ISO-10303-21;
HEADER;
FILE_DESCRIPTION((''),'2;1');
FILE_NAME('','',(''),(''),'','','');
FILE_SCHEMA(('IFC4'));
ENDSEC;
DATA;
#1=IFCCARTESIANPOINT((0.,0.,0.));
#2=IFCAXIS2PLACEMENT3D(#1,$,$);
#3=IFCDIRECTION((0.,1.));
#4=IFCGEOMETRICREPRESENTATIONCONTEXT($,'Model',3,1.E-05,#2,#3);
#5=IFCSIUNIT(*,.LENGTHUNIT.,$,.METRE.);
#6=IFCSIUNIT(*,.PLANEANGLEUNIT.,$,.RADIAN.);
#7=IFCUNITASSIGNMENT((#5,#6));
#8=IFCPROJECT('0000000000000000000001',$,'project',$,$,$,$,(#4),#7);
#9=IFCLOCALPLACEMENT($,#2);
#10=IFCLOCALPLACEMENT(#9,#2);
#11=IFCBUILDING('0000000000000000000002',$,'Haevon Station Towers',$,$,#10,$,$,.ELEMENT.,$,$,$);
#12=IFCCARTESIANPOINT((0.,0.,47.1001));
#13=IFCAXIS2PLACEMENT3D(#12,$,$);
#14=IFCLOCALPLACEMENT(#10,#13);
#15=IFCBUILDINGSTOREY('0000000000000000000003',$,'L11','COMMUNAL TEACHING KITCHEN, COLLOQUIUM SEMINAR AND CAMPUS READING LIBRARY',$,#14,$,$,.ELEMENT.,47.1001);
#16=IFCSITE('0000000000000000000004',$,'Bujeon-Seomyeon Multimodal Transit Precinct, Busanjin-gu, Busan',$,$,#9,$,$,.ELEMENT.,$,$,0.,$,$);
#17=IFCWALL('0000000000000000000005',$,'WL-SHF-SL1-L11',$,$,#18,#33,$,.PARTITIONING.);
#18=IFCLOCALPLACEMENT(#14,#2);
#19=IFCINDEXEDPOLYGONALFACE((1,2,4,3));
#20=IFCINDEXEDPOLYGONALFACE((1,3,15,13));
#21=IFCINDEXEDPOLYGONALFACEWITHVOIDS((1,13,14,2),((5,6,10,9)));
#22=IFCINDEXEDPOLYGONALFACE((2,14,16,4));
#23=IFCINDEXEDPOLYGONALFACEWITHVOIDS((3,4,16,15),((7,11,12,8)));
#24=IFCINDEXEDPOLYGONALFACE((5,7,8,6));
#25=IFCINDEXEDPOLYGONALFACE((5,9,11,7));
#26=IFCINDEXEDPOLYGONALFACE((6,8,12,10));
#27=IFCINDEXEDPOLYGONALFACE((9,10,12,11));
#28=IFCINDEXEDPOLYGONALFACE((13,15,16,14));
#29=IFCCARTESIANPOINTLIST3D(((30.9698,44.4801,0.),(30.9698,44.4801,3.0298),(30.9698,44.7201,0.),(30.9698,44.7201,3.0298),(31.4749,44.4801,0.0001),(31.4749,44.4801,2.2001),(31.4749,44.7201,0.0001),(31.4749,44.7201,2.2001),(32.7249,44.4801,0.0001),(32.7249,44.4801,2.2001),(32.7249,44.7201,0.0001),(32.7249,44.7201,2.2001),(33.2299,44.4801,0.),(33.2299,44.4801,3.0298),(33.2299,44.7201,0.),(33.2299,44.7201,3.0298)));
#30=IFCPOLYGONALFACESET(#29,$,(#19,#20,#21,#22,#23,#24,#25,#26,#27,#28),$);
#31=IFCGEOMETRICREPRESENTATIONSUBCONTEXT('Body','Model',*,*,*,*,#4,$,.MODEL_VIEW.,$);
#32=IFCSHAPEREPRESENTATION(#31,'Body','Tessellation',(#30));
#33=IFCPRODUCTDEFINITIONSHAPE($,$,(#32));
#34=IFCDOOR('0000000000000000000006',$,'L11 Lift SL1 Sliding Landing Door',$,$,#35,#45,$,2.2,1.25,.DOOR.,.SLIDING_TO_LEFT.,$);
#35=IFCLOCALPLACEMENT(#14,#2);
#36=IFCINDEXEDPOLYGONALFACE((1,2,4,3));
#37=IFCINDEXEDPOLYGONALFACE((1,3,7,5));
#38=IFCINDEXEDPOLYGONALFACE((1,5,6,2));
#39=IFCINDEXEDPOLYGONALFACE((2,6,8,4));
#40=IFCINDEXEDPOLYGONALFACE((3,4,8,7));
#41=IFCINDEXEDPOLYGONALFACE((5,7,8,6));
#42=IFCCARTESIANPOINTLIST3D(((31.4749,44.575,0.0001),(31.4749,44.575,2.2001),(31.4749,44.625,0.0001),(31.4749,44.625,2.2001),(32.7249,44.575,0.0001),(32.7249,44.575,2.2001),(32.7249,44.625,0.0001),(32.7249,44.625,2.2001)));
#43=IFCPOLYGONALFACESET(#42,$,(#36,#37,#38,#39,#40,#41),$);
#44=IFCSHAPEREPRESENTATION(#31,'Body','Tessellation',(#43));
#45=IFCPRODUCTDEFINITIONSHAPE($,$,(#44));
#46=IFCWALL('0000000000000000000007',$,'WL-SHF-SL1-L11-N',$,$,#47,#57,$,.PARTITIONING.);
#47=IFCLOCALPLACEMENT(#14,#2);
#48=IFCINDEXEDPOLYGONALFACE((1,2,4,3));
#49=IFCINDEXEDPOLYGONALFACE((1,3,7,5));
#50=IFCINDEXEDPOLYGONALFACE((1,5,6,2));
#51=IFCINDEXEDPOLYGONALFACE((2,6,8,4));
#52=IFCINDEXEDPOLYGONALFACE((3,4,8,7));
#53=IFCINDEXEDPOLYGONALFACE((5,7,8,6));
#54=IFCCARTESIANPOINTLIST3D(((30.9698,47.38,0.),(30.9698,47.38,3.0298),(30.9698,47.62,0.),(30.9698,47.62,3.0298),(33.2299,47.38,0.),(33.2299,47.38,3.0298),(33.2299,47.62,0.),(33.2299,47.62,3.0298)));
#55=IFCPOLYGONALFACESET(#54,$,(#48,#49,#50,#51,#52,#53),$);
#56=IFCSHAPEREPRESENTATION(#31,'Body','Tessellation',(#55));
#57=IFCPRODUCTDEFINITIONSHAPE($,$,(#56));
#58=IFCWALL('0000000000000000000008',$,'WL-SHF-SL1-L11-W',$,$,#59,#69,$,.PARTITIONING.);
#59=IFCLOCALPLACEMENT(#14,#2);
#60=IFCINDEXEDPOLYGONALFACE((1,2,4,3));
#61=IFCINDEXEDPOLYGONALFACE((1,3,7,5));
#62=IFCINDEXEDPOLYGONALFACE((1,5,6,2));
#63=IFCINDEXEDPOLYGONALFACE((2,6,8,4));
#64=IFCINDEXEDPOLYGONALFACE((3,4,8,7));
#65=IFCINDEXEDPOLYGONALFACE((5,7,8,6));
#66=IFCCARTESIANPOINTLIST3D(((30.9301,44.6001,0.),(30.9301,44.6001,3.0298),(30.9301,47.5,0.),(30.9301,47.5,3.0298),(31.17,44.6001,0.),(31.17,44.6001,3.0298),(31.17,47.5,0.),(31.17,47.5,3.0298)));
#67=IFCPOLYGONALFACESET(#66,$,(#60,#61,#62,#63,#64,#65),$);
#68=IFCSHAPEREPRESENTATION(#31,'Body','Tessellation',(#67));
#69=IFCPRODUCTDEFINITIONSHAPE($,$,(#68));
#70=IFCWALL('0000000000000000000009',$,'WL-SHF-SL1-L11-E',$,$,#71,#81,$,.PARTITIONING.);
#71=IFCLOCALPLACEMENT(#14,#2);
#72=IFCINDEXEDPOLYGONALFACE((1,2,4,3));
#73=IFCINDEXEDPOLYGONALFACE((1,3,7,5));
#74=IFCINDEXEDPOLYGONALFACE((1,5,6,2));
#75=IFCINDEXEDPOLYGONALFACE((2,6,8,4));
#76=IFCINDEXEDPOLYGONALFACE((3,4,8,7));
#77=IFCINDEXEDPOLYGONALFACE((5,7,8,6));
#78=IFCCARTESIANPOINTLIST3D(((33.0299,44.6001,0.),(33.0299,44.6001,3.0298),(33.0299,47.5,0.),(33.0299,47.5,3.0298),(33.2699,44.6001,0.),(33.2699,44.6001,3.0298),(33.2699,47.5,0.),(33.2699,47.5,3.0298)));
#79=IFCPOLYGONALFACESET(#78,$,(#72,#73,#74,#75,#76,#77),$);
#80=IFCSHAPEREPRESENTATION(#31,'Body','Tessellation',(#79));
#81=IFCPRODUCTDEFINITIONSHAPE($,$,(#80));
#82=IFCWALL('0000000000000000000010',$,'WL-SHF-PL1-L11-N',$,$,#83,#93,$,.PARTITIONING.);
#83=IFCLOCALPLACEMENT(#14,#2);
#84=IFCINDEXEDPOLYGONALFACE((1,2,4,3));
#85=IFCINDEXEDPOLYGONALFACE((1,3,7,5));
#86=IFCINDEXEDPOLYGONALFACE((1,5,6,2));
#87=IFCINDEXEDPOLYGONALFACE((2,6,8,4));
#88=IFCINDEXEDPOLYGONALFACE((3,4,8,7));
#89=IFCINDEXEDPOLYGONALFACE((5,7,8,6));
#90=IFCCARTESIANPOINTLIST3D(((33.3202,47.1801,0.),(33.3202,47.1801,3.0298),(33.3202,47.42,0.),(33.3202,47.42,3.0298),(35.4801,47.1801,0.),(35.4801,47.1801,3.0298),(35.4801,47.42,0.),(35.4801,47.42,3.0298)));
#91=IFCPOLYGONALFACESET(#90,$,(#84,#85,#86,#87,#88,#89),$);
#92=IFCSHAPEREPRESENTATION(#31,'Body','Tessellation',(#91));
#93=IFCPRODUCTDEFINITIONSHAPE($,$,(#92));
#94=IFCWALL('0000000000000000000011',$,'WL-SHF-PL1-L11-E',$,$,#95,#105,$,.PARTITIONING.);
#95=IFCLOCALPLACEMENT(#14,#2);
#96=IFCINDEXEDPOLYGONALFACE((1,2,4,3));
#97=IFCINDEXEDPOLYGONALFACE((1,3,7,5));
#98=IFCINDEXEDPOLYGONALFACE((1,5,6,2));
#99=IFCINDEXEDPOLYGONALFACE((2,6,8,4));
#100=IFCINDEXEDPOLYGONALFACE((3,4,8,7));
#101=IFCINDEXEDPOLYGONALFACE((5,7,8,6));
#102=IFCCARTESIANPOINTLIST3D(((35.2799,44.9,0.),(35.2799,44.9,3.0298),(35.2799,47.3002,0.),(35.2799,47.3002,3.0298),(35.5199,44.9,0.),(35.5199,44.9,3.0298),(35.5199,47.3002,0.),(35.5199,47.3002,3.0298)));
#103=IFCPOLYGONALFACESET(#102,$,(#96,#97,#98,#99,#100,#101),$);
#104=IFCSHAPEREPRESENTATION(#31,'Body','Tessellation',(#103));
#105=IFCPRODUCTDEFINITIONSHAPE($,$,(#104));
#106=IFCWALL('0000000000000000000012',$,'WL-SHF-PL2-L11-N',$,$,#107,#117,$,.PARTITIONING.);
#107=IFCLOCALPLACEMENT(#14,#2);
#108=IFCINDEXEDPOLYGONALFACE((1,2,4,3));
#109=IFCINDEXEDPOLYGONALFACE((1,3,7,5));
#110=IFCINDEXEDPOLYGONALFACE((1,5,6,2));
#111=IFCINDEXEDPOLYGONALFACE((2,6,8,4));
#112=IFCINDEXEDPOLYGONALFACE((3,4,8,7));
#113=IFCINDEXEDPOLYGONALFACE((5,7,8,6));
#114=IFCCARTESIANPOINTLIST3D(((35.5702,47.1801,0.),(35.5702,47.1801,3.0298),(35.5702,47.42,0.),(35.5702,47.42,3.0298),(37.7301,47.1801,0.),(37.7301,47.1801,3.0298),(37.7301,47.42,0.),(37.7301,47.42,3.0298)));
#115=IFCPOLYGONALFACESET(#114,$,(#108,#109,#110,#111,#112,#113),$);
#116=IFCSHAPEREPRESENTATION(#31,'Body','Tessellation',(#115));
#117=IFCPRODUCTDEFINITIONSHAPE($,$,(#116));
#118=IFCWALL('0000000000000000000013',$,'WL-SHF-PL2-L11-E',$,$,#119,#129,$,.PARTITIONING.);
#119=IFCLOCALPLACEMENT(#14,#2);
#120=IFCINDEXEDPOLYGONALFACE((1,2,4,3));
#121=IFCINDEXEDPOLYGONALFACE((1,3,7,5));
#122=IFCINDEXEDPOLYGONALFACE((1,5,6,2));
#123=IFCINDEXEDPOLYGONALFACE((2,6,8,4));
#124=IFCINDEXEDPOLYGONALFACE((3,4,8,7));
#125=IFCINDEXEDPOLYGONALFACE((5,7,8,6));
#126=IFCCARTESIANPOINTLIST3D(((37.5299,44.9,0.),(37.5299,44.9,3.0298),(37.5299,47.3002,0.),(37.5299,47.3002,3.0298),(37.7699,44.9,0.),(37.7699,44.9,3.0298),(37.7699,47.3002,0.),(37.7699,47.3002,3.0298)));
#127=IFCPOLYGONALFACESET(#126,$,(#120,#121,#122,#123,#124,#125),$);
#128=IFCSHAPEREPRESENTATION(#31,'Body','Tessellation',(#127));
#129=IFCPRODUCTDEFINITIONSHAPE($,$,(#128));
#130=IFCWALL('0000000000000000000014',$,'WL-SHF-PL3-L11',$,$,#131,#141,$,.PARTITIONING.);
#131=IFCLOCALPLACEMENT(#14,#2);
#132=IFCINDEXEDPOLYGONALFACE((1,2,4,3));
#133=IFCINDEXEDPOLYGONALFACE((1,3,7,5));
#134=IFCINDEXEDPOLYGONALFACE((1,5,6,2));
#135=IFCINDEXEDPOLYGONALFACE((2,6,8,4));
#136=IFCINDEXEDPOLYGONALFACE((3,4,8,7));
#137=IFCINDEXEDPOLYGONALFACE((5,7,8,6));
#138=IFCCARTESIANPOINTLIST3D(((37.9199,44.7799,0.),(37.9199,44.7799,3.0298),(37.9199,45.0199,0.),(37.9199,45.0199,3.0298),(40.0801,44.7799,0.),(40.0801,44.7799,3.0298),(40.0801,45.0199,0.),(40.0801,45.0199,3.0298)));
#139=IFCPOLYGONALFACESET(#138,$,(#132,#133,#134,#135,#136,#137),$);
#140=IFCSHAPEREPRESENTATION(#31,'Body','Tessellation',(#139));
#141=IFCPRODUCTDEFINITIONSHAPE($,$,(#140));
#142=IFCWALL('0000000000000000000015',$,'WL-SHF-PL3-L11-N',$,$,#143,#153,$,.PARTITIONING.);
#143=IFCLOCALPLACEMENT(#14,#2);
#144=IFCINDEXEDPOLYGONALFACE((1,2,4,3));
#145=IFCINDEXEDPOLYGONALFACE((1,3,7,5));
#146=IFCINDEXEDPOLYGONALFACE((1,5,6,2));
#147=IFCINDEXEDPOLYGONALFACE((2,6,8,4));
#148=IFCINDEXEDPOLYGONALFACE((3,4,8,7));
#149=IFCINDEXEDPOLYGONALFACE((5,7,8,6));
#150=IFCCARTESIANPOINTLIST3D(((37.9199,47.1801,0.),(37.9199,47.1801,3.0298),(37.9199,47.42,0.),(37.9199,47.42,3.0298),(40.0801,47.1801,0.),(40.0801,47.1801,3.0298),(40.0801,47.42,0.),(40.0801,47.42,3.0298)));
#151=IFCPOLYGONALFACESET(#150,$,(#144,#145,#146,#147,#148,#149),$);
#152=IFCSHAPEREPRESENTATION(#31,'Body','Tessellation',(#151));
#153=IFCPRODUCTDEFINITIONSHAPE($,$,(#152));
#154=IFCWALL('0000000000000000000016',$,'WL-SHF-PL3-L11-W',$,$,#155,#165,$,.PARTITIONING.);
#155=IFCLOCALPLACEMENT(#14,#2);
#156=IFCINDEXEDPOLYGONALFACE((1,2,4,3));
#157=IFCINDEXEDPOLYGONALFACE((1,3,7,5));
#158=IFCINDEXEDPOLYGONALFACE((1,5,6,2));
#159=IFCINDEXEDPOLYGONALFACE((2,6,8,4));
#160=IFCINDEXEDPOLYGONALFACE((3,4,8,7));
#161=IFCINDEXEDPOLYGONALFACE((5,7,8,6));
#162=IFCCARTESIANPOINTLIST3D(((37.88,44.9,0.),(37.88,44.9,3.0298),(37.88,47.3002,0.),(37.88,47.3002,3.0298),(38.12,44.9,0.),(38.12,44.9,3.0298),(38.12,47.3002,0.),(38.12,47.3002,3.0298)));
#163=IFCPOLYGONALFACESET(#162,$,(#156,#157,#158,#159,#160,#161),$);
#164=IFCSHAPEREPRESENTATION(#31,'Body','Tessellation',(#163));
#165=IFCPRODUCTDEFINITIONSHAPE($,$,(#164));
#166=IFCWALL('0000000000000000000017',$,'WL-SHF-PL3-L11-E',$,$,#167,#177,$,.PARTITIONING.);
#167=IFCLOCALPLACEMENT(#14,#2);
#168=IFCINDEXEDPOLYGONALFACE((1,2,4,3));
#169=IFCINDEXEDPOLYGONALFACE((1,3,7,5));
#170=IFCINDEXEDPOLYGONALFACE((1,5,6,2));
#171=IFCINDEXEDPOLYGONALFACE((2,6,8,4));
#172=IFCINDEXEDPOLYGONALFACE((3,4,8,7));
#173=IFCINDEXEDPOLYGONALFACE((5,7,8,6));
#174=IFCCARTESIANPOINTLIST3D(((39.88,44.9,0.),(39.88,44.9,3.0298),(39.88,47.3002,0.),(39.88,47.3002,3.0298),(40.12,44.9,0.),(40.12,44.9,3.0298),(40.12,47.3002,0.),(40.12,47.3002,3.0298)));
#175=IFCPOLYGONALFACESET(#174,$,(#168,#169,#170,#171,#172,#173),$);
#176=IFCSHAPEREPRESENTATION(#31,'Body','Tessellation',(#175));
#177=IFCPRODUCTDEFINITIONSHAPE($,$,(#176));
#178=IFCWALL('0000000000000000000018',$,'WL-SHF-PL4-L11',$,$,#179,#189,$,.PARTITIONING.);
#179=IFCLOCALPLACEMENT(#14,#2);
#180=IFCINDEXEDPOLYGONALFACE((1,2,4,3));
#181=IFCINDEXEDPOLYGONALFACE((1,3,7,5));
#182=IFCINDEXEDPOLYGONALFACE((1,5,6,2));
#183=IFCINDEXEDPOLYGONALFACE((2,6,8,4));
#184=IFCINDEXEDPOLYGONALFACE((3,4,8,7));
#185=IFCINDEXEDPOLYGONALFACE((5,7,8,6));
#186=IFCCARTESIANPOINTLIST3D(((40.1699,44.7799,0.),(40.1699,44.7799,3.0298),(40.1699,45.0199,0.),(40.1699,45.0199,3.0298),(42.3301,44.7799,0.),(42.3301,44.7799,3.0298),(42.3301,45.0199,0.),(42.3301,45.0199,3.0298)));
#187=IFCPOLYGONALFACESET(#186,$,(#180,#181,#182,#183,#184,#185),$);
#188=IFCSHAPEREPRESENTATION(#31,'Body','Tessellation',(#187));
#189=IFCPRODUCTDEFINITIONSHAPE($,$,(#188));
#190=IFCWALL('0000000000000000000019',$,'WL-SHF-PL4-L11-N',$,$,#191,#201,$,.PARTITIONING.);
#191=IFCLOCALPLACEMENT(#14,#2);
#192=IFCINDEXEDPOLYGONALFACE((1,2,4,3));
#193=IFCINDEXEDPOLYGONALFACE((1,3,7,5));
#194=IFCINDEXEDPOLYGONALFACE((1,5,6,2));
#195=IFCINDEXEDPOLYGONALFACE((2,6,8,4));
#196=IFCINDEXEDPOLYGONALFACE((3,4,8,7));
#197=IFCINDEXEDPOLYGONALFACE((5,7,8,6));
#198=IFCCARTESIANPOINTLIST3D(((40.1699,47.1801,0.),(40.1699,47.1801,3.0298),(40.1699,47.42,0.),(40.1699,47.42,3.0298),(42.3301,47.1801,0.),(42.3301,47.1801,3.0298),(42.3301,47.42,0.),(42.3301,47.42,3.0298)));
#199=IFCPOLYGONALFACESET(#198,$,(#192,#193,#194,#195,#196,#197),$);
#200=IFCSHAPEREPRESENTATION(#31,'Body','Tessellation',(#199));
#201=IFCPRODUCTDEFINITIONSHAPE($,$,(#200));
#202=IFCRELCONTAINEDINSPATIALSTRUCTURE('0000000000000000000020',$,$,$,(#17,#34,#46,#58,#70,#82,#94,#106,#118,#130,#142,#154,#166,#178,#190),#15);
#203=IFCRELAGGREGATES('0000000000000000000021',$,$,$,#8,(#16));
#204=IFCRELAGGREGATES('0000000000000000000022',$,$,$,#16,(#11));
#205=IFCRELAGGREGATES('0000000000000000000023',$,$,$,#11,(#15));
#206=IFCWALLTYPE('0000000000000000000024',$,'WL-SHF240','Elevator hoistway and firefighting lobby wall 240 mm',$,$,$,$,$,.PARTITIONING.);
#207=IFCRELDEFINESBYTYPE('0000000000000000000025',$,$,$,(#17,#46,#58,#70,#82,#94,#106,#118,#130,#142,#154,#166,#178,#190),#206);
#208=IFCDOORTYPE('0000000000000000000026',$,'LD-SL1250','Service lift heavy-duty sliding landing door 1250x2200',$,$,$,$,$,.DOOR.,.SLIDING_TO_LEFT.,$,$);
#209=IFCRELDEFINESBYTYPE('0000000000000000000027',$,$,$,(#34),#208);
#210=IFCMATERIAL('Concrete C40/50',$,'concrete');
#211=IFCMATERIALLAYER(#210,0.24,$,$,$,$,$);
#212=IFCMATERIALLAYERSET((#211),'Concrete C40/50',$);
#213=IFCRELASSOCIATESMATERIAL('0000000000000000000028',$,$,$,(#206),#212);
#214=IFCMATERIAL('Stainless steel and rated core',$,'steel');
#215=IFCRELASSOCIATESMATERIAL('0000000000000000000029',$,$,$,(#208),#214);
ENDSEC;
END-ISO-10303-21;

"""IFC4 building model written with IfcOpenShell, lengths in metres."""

from ifc_helpers import new_model, si_unit, direction, frame, frame_2d, origin, place, context, subcontext, project, spatial, rectangle, extrude, material, layer, layer_set, type_object, element, fill, save


model = new_model("IFC4")

# Units and contexts
model_context = context("Model", 3, precision=1e-05, world=origin(), true_north=direction((0.0, 1.0)))
body_context = subcontext(model_context, "Body", "Model", "MODEL_VIEW")
ifc_project = project(units=[si_unit("LENGTHUNIT", "METRE"), si_unit("PLANEANGLEUNIT", "RADIAN")], contexts=[model_context])

# Site, building, storey
site_placement = place(None, origin())
site = spatial("IfcSite", under=ifc_project, at=site_placement, Name="Bujeon-Seomyeon Multimodal Transit Precinct, Busanjin-gu, Busan", CompositionType="ELEMENT", RefElevation=0.0)
building_placement = place(site_placement, origin())
building = spatial("IfcBuilding", under=site, at=building_placement, Name="Haevon Station Towers", CompositionType="ELEMENT")
storey_placement = place(building_placement, frame((0.0, 0.0, 47.1001)))
storey = spatial("IfcBuildingStorey", under=building, at=storey_placement, Name="L11", Description="COMMUNAL TEACHING KITCHEN, COLLOQUIUM SEMINAR AND CAMPUS READING LIBRARY", CompositionType="ELEMENT", Elevation=47.1001)

# Wall, opening, door
ifc_material_1 = material(Name="Concrete C40/50", Category="concrete")
ifc_layer_1 = layer(ifc_material_1, 0.24)
ifc_layer_set_1 = layer_set([ifc_layer_1], Name="Concrete C40/50")
wall_type_1 = type_object("IfcWallType", Name="WL-SHF240", Description="Elevator hoistway and firefighting lobby wall 240 mm", PredefinedType="PARTITIONING", material=ifc_layer_set_1)
wall_1_placement = place(storey_placement, frame((30.97, 44.6001, 0.0), z_axis=(0.0, 0.0, 1.0), x_axis=(1.0, 0.0, 0.0)))
wall_1 = element("IfcWall", 1, at=wall_1_placement, inside=storey, type_object=wall_type_1, Name="WL-SHF-SL1-L11", PredefinedType="PARTITIONING", context=body_context, shape_type="SweptSolid", body=[
    extrude(rectangle(XDim=2.26, YDim=0.24, at=frame_2d((1.1299, 0.0))), origin(), (0.0, 0.0, 1.0), 3.0298),
])
opening_1_placement = place(wall_1_placement, frame((0.5049, 0.0, 0.0)))
opening_1 = element("IfcOpeningElement", 2, at=opening_1_placement, cuts=wall_1, PredefinedType="OPENING", context=body_context, shape_type="SweptSolid", body=[
    extrude(rectangle(XDim=1.25, YDim=2.2, at=frame_2d((0.625, 1.1001))), frame((0.0, 0.1299, 0.0), z_axis=(0.0, -1.0, 0.0), x_axis=(1.0, 0.0, 0.0)), (0.0, 0.0, 1.0), 0.26),
])
ifc_material_2 = material(Name="Stainless steel and rated core", Category="steel")
door_type_1 = type_object("IfcDoorType", Name="LD-SL1250", Description="Service lift heavy-duty sliding landing door 1250x2200", OperationType="SLIDING_TO_LEFT", PredefinedType="DOOR", material=ifc_material_2)
door_1_placement = place(opening_1_placement, origin())
door_1 = element("IfcDoor", 3, at=door_1_placement, inside=storey, type_object=door_type_1, Name="L11 Lift SL1 Sliding Landing Door", OperationType="SLIDING_TO_LEFT", OverallHeight=2.2, OverallWidth=1.25, PredefinedType="DOOR", context=body_context, shape_type="SweptSolid", body=[
    extrude(rectangle(XDim=1.25, YDim=2.2, at=frame_2d((0.625, 1.1001))), frame((0.0, 0.0249, 0.0), z_axis=(0.0, -1.0, 0.0), x_axis=(1.0, 0.0, 0.0)), (0.0, 0.0, 1.0), 0.05),
])
fill(opening_1, door_1)

# Walls
wall_2_placement = place(storey_placement, frame((30.97, 47.5, 0.0), z_axis=(0.0, 0.0, 1.0), x_axis=(1.0, 0.0, 0.0)))
element("IfcWall", 4, at=wall_2_placement, inside=storey, type_object=wall_type_1, Name="WL-SHF-SL1-L11-N", PredefinedType="PARTITIONING", context=body_context, shape_type="SweptSolid", body=[
    extrude(rectangle(XDim=2.26, YDim=0.24, at=frame_2d((1.1299, 0.0))), origin(), (0.0, 0.0, 1.0), 3.0298),
])
for number, where, z_axis, x_axis, name in (
    (5, (31.05, 44.6001, 0.0), (0.0, 0.0, 1.0), (0.0, 1.0, 0.0), "WL-SHF-SL1-L11-W"),
    (6, (33.1499, 44.6001, 0.0), (0.0, 0.0, 1.0), (0.0, 1.0, 0.0), "WL-SHF-SL1-L11-E"),
):
    element("IfcWall", number, at=place(storey_placement, frame(where, z_axis=z_axis, x_axis=x_axis)), inside=storey, type_object=wall_type_1, Name=name, PredefinedType="PARTITIONING", context=body_context, shape_type="SweptSolid", body=[
        extrude(rectangle(XDim=2.8999, YDim=0.24, at=frame_2d((1.45, 0.0))), origin(), (0.0, 0.0, 1.0), 3.0298),
    ])

# Walls
wall_3_placement = place(storey_placement, frame((33.3201, 47.3, 0.0), z_axis=(0.0, 0.0, 1.0), x_axis=(1.0, 0.0, 0.0)))
element("IfcWall", 7, at=wall_3_placement, inside=storey, type_object=wall_type_1, Name="WL-SHF-PL1-L11-N", PredefinedType="PARTITIONING", context=body_context, shape_type="SweptSolid", body=[
    extrude(rectangle(XDim=2.1599, YDim=0.24, at=frame_2d((1.0801, 0.0))), origin(), (0.0, 0.0, 1.0), 3.0298),
])
wall_4_placement = place(storey_placement, frame((35.3999, 44.8999, 0.0), z_axis=(0.0, 0.0, 1.0), x_axis=(0.0, 1.0, 0.0)))
element("IfcWall", 8, at=wall_4_placement, inside=storey, type_object=wall_type_1, Name="WL-SHF-PL1-L11-E", PredefinedType="PARTITIONING", context=body_context, shape_type="SweptSolid", body=[
    extrude(rectangle(XDim=2.4001, YDim=0.24, at=frame_2d((1.2002, 0.0))), origin(), (0.0, 0.0, 1.0), 3.0298),
])

# Walls
wall_5_placement = place(storey_placement, frame((35.5701, 47.3, 0.0), z_axis=(0.0, 0.0, 1.0), x_axis=(1.0, 0.0, 0.0)))
element("IfcWall", 9, at=wall_5_placement, inside=storey, type_object=wall_type_1, Name="WL-SHF-PL2-L11-N", PredefinedType="PARTITIONING", context=body_context, shape_type="SweptSolid", body=[
    extrude(rectangle(XDim=2.1599, YDim=0.24, at=frame_2d((1.0801, 0.0))), origin(), (0.0, 0.0, 1.0), 3.0298),
])
wall_6_placement = place(storey_placement, frame((37.6499, 44.8999, 0.0), z_axis=(0.0, 0.0, 1.0), x_axis=(0.0, 1.0, 0.0)))
element("IfcWall", 10, at=wall_6_placement, inside=storey, type_object=wall_type_1, Name="WL-SHF-PL2-L11-E", PredefinedType="PARTITIONING", context=body_context, shape_type="SweptSolid", body=[
    extrude(rectangle(XDim=2.4001, YDim=0.24, at=frame_2d((1.2002, 0.0))), origin(), (0.0, 0.0, 1.0), 3.0298),
])
for number, where, z_axis, x_axis, name in (
    (11, (37.9199, 44.8999, 0.0), (0.0, 0.0, 1.0), (1.0, 0.0, 0.0), "WL-SHF-PL3-L11"),
    (12, (37.9199, 47.3, 0.0), (0.0, 0.0, 1.0), (1.0, 0.0, 0.0), "WL-SHF-PL3-L11-N"),
):
    element("IfcWall", number, at=place(storey_placement, frame(where, z_axis=z_axis, x_axis=x_axis)), inside=storey, type_object=wall_type_1, Name=name, PredefinedType="PARTITIONING", context=body_context, shape_type="SweptSolid", body=[
        extrude(rectangle(XDim=2.1602, YDim=0.24, at=frame_2d((1.0801, 0.0))), origin(), (0.0, 0.0, 1.0), 3.0298),
    ])
for number, where, z_axis, x_axis, name in (
    (13, (38.0, 44.8999, 0.0), (0.0, 0.0, 1.0), (0.0, 1.0, 0.0), "WL-SHF-PL3-L11-W"),
    (14, (40.0, 44.8999, 0.0), (0.0, 0.0, 1.0), (0.0, 1.0, 0.0), "WL-SHF-PL3-L11-E"),
):
    element("IfcWall", number, at=place(storey_placement, frame(where, z_axis=z_axis, x_axis=x_axis)), inside=storey, type_object=wall_type_1, Name=name, PredefinedType="PARTITIONING", context=body_context, shape_type="SweptSolid", body=[
        extrude(rectangle(XDim=2.4001, YDim=0.24, at=frame_2d((1.2002, 0.0))), origin(), (0.0, 0.0, 1.0), 3.0298),
    ])
for number, where, z_axis, x_axis, name in (
    (15, (40.1699, 44.8999, 0.0), (0.0, 0.0, 1.0), (1.0, 0.0, 0.0), "WL-SHF-PL4-L11"),
    (16, (40.1699, 47.3, 0.0), (0.0, 0.0, 1.0), (1.0, 0.0, 0.0), "WL-SHF-PL4-L11-N"),
):
    element("IfcWall", number, at=place(storey_placement, frame(where, z_axis=z_axis, x_axis=x_axis)), inside=storey, type_object=wall_type_1, Name=name, PredefinedType="PARTITIONING", context=body_context, shape_type="SweptSolid", body=[
        extrude(rectangle(XDim=2.1602, YDim=0.24, at=frame_2d((1.0801, 0.0))), origin(), (0.0, 0.0, 1.0), 3.0298),
    ])

save(model, "model.ifc")
